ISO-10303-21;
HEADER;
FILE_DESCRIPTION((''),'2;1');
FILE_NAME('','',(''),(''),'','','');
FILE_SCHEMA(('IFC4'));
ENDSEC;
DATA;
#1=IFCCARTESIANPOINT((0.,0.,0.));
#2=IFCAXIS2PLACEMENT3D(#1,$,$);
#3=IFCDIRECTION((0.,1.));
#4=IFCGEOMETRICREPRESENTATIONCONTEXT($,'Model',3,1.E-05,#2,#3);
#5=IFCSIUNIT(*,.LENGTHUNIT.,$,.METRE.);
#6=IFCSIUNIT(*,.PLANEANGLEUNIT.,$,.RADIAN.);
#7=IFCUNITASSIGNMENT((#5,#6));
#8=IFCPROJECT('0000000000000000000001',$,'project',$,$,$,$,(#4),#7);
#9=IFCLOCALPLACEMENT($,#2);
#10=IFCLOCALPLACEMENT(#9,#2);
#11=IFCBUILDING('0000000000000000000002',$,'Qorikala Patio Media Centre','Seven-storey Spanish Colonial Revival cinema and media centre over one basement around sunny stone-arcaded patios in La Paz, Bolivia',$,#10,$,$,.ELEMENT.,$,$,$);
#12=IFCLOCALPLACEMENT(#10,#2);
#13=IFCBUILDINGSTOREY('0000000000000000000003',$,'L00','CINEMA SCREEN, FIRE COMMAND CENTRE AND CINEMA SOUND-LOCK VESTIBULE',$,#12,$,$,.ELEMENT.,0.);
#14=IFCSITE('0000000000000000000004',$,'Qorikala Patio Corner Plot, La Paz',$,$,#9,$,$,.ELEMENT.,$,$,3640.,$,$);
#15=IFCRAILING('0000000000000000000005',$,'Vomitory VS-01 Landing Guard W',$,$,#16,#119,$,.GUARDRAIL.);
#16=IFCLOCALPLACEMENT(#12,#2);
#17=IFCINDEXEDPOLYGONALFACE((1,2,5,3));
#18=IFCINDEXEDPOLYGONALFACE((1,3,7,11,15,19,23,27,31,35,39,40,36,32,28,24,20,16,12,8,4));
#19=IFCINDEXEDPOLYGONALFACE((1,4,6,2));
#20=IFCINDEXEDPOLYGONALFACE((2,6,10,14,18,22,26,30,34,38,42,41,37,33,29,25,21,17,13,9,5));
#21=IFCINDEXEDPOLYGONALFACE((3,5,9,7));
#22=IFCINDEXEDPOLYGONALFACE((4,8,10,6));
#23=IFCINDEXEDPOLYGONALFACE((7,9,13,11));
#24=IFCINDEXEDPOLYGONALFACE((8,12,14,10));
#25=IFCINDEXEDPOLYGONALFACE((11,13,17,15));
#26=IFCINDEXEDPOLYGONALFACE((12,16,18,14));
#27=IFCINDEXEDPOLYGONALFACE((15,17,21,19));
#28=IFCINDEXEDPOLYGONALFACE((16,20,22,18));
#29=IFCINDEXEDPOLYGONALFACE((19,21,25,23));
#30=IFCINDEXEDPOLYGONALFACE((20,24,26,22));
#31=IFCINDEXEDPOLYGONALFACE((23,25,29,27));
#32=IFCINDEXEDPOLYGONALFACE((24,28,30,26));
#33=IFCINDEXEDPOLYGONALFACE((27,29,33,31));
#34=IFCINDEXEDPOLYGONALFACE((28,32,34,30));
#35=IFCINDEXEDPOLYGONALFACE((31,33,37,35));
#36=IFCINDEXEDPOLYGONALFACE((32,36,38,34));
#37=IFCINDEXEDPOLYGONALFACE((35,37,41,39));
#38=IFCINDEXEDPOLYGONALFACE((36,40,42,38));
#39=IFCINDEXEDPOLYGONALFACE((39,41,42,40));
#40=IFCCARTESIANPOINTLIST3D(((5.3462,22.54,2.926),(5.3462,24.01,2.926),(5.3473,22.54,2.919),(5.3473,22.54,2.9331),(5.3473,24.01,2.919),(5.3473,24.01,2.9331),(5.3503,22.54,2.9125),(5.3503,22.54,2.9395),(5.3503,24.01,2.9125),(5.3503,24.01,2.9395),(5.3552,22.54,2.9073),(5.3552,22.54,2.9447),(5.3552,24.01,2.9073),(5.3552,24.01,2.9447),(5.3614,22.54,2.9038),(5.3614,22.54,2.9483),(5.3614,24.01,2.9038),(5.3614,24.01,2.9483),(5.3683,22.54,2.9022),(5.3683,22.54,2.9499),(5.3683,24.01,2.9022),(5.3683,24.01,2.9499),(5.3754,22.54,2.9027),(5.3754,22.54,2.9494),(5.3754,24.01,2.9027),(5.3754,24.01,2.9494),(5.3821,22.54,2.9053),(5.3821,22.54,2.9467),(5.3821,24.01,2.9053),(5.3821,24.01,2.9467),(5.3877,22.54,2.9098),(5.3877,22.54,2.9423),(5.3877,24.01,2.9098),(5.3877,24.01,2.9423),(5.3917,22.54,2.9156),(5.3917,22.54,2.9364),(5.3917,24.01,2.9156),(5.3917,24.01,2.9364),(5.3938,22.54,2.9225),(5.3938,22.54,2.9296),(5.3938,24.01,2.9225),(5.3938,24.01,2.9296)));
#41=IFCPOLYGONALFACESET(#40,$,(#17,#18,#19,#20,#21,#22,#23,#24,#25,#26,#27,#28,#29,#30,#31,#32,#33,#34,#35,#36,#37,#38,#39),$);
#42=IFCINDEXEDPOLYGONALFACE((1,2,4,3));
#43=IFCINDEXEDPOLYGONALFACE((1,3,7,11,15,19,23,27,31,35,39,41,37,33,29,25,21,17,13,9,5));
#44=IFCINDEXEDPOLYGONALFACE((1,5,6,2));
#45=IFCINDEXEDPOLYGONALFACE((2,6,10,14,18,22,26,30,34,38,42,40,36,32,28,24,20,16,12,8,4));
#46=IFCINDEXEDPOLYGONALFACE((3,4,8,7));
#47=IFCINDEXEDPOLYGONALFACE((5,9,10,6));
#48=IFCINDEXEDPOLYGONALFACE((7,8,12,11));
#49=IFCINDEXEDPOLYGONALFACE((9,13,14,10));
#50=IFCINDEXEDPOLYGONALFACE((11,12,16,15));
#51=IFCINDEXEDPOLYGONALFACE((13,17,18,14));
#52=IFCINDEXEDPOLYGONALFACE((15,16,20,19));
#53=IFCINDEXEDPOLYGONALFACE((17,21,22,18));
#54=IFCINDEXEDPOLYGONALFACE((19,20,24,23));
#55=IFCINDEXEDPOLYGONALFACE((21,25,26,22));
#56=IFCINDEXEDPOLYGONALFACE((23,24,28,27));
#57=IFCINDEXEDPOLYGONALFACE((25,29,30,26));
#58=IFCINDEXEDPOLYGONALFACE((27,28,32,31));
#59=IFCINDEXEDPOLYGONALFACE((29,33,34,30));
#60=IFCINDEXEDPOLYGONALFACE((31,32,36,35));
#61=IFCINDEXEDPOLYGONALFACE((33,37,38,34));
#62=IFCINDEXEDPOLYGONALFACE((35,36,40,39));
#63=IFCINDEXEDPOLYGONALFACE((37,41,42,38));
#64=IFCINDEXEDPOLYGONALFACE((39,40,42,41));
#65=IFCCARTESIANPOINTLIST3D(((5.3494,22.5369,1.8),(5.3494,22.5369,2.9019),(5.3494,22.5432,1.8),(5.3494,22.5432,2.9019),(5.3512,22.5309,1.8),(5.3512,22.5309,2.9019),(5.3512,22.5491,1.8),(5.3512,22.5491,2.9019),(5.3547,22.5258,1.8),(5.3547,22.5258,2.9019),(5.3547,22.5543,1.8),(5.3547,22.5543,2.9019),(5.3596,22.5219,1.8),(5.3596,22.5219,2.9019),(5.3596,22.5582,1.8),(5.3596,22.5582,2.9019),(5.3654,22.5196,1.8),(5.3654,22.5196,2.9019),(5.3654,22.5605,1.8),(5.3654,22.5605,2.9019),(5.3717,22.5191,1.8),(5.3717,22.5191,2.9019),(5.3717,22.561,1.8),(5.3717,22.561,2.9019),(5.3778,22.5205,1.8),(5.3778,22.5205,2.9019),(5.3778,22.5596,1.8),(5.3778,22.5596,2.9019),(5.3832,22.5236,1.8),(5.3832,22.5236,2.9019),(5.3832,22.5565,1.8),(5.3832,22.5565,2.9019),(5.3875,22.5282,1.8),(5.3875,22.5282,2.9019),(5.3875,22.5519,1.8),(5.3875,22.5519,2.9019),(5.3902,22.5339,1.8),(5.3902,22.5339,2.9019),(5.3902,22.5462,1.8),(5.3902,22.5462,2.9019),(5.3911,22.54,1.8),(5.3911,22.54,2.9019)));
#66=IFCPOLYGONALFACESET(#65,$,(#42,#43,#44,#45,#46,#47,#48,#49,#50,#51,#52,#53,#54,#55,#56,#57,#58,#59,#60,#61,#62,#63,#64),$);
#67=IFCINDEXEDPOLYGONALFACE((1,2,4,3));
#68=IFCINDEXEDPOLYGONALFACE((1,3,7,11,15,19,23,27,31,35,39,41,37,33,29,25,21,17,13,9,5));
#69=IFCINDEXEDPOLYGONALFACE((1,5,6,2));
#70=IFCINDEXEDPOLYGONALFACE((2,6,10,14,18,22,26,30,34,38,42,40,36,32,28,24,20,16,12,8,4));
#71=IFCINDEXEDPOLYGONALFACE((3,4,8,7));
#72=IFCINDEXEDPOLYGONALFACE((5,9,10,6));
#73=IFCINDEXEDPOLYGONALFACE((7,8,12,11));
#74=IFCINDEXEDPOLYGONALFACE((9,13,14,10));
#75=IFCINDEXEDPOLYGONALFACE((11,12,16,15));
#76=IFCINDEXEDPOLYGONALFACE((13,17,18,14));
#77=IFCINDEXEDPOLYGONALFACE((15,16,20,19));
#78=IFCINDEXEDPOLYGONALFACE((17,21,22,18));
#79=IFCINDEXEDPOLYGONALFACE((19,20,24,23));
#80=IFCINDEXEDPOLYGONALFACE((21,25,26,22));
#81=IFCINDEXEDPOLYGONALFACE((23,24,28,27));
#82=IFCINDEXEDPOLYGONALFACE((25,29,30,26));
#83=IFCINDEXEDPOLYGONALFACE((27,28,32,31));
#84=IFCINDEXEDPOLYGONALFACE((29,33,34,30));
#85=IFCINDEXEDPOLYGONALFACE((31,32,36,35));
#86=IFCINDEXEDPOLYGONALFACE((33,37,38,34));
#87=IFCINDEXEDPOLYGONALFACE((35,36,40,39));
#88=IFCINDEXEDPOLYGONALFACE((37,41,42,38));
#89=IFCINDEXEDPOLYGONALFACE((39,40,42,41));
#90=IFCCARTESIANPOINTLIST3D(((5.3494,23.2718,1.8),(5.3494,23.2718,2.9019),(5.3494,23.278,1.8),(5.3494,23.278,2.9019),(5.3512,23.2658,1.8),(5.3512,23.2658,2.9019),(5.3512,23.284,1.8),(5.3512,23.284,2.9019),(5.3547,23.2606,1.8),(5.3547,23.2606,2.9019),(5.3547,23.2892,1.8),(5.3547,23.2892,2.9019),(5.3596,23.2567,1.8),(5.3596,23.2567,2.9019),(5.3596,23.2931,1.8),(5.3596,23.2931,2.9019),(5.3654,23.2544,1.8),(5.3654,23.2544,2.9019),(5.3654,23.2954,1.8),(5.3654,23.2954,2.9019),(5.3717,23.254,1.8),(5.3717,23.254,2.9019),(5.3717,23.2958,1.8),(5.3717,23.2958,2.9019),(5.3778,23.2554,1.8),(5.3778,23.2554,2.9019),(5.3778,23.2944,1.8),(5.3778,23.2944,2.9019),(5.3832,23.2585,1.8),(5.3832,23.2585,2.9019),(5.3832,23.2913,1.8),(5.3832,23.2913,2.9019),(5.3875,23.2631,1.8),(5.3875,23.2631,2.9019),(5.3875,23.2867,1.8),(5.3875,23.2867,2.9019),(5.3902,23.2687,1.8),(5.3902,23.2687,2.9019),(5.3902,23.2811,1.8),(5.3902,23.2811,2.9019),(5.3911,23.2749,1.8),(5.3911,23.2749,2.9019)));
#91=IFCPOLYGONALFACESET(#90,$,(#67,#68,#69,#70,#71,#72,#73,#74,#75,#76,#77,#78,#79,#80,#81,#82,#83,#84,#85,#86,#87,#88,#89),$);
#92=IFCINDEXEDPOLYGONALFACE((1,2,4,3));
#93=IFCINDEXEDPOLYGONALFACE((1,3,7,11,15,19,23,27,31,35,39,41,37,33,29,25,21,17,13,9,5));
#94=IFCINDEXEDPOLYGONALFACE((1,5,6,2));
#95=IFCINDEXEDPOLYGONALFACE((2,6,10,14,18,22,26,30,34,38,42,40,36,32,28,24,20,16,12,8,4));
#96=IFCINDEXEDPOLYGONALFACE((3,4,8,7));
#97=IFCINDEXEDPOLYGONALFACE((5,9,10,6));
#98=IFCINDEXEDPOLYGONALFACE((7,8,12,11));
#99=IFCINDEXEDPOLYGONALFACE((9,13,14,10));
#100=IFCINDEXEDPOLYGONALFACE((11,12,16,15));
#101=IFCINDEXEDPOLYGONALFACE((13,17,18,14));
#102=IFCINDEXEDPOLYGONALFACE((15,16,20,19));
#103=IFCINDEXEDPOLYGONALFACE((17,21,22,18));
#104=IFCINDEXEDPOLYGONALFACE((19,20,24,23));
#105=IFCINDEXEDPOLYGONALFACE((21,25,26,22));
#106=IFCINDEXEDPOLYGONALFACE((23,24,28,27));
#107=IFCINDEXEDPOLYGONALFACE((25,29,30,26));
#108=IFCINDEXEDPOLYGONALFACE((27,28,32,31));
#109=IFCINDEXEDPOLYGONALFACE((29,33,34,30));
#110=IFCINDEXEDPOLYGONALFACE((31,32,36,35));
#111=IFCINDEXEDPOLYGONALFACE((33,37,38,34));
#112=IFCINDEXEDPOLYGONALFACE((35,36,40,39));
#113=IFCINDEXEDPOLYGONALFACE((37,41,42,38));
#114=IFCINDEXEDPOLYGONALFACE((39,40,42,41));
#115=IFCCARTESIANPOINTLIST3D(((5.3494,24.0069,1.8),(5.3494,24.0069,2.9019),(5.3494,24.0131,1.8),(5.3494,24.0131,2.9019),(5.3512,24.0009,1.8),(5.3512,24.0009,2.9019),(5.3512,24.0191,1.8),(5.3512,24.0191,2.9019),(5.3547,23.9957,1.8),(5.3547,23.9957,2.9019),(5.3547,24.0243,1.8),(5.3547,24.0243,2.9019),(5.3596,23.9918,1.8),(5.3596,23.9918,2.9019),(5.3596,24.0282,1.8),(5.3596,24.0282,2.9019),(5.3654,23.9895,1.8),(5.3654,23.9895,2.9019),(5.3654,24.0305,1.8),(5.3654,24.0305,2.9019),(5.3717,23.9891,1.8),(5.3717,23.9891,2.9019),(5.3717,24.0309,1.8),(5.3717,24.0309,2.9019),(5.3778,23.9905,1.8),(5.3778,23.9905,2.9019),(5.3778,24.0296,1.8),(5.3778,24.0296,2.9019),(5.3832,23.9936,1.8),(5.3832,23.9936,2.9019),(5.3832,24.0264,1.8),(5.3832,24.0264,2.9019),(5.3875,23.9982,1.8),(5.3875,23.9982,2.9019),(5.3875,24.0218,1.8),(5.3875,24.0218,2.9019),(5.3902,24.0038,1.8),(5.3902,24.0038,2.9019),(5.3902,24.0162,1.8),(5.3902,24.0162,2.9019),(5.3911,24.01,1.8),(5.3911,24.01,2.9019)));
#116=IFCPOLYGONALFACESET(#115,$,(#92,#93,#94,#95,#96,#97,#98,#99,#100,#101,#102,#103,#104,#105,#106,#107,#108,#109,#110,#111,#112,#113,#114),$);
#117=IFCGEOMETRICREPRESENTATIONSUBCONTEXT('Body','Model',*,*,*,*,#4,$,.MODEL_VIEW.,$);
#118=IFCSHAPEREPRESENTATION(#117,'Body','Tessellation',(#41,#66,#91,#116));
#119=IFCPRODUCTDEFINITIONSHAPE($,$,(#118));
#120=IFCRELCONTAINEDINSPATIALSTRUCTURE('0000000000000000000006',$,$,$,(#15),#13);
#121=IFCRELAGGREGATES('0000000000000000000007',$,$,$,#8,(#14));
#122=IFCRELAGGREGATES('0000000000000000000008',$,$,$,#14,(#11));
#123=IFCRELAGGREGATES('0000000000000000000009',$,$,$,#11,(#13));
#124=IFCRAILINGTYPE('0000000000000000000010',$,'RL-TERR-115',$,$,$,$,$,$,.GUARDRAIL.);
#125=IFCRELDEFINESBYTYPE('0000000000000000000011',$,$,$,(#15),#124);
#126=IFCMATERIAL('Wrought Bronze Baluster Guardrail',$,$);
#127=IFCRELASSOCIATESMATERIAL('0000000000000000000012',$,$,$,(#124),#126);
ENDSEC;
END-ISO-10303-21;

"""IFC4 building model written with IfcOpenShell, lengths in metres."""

from ifc_helpers import new_model, si_unit, direction, frame, origin, origin_2d, place, context, subcontext, project, spatial, circle, extrude, material, type_object, element, save


model = new_model("IFC4")

# Units and contexts
model_context = context("Model", 3, precision=1e-05, world=origin(), true_north=direction((0.0, 1.0)))
body_context = subcontext(model_context, "Body", "Model", "MODEL_VIEW")
ifc_project = project(units=[si_unit("LENGTHUNIT", "METRE"), si_unit("PLANEANGLEUNIT", "RADIAN")], contexts=[model_context])

# Site, building, storey
site_placement = place(None, origin())
site = spatial("IfcSite", under=ifc_project, at=site_placement, Name="Qorikala Patio Corner Plot, La Paz", CompositionType="ELEMENT", RefElevation=3640.0)
building_placement = place(site_placement, origin())
building = spatial("IfcBuilding", under=site, at=building_placement, Name="Qorikala Patio Media Centre", Description="Seven-storey Spanish Colonial Revival cinema and media centre over one basement around sunny stone-arcaded patios in La Paz, Bolivia", CompositionType="ELEMENT")
storey_placement = place(building_placement, origin())
storey = spatial("IfcBuildingStorey", under=building, at=storey_placement, Name="L00", Description="CINEMA SCREEN, FIRE COMMAND CENTRE AND CINEMA SOUND-LOCK VESTIBULE", CompositionType="ELEMENT", Elevation=0.0)

# Railing
ifc_material_1 = material(Name="Wrought Bronze Baluster Guardrail")
railing_type = type_object("IfcRailingType", Name="RL-TERR-115", PredefinedType="GUARDRAIL", material=ifc_material_1)
railing_1_placement = place(storey_placement, frame((5.3701, 22.54, 1.8)))
element("IfcRailing", 1, at=railing_1_placement, inside=storey, type_object=railing_type, Name="Vomitory VS-01 Landing Guard W", PredefinedType="GUARDRAIL", context=body_context, shape_type="SweptSolid", body=[
    extrude(circle(Radius=0.0239, at=origin_2d()), frame((0.0, 0.0, 1.126), z_axis=(0.0, 1.0, 0.0), x_axis=(-1.0, 0.0, 0.0)), (0.0, 0.0, 1.0), 1.47),
    extrude(circle(Radius=0.021, at=origin_2d()), origin(), (0.0, 0.0, 1.0), 1.1018),
    extrude(circle(Radius=0.021, at=origin_2d()), frame((0.0, 0.7349, 0.0)), (0.0, 0.0, 1.0), 1.1018),
    extrude(circle(Radius=0.021, at=origin_2d()), frame((0.0, 1.47, 0.0)), (0.0, 0.0, 1.0), 1.1018),
])

save(model, "model.ifc")
